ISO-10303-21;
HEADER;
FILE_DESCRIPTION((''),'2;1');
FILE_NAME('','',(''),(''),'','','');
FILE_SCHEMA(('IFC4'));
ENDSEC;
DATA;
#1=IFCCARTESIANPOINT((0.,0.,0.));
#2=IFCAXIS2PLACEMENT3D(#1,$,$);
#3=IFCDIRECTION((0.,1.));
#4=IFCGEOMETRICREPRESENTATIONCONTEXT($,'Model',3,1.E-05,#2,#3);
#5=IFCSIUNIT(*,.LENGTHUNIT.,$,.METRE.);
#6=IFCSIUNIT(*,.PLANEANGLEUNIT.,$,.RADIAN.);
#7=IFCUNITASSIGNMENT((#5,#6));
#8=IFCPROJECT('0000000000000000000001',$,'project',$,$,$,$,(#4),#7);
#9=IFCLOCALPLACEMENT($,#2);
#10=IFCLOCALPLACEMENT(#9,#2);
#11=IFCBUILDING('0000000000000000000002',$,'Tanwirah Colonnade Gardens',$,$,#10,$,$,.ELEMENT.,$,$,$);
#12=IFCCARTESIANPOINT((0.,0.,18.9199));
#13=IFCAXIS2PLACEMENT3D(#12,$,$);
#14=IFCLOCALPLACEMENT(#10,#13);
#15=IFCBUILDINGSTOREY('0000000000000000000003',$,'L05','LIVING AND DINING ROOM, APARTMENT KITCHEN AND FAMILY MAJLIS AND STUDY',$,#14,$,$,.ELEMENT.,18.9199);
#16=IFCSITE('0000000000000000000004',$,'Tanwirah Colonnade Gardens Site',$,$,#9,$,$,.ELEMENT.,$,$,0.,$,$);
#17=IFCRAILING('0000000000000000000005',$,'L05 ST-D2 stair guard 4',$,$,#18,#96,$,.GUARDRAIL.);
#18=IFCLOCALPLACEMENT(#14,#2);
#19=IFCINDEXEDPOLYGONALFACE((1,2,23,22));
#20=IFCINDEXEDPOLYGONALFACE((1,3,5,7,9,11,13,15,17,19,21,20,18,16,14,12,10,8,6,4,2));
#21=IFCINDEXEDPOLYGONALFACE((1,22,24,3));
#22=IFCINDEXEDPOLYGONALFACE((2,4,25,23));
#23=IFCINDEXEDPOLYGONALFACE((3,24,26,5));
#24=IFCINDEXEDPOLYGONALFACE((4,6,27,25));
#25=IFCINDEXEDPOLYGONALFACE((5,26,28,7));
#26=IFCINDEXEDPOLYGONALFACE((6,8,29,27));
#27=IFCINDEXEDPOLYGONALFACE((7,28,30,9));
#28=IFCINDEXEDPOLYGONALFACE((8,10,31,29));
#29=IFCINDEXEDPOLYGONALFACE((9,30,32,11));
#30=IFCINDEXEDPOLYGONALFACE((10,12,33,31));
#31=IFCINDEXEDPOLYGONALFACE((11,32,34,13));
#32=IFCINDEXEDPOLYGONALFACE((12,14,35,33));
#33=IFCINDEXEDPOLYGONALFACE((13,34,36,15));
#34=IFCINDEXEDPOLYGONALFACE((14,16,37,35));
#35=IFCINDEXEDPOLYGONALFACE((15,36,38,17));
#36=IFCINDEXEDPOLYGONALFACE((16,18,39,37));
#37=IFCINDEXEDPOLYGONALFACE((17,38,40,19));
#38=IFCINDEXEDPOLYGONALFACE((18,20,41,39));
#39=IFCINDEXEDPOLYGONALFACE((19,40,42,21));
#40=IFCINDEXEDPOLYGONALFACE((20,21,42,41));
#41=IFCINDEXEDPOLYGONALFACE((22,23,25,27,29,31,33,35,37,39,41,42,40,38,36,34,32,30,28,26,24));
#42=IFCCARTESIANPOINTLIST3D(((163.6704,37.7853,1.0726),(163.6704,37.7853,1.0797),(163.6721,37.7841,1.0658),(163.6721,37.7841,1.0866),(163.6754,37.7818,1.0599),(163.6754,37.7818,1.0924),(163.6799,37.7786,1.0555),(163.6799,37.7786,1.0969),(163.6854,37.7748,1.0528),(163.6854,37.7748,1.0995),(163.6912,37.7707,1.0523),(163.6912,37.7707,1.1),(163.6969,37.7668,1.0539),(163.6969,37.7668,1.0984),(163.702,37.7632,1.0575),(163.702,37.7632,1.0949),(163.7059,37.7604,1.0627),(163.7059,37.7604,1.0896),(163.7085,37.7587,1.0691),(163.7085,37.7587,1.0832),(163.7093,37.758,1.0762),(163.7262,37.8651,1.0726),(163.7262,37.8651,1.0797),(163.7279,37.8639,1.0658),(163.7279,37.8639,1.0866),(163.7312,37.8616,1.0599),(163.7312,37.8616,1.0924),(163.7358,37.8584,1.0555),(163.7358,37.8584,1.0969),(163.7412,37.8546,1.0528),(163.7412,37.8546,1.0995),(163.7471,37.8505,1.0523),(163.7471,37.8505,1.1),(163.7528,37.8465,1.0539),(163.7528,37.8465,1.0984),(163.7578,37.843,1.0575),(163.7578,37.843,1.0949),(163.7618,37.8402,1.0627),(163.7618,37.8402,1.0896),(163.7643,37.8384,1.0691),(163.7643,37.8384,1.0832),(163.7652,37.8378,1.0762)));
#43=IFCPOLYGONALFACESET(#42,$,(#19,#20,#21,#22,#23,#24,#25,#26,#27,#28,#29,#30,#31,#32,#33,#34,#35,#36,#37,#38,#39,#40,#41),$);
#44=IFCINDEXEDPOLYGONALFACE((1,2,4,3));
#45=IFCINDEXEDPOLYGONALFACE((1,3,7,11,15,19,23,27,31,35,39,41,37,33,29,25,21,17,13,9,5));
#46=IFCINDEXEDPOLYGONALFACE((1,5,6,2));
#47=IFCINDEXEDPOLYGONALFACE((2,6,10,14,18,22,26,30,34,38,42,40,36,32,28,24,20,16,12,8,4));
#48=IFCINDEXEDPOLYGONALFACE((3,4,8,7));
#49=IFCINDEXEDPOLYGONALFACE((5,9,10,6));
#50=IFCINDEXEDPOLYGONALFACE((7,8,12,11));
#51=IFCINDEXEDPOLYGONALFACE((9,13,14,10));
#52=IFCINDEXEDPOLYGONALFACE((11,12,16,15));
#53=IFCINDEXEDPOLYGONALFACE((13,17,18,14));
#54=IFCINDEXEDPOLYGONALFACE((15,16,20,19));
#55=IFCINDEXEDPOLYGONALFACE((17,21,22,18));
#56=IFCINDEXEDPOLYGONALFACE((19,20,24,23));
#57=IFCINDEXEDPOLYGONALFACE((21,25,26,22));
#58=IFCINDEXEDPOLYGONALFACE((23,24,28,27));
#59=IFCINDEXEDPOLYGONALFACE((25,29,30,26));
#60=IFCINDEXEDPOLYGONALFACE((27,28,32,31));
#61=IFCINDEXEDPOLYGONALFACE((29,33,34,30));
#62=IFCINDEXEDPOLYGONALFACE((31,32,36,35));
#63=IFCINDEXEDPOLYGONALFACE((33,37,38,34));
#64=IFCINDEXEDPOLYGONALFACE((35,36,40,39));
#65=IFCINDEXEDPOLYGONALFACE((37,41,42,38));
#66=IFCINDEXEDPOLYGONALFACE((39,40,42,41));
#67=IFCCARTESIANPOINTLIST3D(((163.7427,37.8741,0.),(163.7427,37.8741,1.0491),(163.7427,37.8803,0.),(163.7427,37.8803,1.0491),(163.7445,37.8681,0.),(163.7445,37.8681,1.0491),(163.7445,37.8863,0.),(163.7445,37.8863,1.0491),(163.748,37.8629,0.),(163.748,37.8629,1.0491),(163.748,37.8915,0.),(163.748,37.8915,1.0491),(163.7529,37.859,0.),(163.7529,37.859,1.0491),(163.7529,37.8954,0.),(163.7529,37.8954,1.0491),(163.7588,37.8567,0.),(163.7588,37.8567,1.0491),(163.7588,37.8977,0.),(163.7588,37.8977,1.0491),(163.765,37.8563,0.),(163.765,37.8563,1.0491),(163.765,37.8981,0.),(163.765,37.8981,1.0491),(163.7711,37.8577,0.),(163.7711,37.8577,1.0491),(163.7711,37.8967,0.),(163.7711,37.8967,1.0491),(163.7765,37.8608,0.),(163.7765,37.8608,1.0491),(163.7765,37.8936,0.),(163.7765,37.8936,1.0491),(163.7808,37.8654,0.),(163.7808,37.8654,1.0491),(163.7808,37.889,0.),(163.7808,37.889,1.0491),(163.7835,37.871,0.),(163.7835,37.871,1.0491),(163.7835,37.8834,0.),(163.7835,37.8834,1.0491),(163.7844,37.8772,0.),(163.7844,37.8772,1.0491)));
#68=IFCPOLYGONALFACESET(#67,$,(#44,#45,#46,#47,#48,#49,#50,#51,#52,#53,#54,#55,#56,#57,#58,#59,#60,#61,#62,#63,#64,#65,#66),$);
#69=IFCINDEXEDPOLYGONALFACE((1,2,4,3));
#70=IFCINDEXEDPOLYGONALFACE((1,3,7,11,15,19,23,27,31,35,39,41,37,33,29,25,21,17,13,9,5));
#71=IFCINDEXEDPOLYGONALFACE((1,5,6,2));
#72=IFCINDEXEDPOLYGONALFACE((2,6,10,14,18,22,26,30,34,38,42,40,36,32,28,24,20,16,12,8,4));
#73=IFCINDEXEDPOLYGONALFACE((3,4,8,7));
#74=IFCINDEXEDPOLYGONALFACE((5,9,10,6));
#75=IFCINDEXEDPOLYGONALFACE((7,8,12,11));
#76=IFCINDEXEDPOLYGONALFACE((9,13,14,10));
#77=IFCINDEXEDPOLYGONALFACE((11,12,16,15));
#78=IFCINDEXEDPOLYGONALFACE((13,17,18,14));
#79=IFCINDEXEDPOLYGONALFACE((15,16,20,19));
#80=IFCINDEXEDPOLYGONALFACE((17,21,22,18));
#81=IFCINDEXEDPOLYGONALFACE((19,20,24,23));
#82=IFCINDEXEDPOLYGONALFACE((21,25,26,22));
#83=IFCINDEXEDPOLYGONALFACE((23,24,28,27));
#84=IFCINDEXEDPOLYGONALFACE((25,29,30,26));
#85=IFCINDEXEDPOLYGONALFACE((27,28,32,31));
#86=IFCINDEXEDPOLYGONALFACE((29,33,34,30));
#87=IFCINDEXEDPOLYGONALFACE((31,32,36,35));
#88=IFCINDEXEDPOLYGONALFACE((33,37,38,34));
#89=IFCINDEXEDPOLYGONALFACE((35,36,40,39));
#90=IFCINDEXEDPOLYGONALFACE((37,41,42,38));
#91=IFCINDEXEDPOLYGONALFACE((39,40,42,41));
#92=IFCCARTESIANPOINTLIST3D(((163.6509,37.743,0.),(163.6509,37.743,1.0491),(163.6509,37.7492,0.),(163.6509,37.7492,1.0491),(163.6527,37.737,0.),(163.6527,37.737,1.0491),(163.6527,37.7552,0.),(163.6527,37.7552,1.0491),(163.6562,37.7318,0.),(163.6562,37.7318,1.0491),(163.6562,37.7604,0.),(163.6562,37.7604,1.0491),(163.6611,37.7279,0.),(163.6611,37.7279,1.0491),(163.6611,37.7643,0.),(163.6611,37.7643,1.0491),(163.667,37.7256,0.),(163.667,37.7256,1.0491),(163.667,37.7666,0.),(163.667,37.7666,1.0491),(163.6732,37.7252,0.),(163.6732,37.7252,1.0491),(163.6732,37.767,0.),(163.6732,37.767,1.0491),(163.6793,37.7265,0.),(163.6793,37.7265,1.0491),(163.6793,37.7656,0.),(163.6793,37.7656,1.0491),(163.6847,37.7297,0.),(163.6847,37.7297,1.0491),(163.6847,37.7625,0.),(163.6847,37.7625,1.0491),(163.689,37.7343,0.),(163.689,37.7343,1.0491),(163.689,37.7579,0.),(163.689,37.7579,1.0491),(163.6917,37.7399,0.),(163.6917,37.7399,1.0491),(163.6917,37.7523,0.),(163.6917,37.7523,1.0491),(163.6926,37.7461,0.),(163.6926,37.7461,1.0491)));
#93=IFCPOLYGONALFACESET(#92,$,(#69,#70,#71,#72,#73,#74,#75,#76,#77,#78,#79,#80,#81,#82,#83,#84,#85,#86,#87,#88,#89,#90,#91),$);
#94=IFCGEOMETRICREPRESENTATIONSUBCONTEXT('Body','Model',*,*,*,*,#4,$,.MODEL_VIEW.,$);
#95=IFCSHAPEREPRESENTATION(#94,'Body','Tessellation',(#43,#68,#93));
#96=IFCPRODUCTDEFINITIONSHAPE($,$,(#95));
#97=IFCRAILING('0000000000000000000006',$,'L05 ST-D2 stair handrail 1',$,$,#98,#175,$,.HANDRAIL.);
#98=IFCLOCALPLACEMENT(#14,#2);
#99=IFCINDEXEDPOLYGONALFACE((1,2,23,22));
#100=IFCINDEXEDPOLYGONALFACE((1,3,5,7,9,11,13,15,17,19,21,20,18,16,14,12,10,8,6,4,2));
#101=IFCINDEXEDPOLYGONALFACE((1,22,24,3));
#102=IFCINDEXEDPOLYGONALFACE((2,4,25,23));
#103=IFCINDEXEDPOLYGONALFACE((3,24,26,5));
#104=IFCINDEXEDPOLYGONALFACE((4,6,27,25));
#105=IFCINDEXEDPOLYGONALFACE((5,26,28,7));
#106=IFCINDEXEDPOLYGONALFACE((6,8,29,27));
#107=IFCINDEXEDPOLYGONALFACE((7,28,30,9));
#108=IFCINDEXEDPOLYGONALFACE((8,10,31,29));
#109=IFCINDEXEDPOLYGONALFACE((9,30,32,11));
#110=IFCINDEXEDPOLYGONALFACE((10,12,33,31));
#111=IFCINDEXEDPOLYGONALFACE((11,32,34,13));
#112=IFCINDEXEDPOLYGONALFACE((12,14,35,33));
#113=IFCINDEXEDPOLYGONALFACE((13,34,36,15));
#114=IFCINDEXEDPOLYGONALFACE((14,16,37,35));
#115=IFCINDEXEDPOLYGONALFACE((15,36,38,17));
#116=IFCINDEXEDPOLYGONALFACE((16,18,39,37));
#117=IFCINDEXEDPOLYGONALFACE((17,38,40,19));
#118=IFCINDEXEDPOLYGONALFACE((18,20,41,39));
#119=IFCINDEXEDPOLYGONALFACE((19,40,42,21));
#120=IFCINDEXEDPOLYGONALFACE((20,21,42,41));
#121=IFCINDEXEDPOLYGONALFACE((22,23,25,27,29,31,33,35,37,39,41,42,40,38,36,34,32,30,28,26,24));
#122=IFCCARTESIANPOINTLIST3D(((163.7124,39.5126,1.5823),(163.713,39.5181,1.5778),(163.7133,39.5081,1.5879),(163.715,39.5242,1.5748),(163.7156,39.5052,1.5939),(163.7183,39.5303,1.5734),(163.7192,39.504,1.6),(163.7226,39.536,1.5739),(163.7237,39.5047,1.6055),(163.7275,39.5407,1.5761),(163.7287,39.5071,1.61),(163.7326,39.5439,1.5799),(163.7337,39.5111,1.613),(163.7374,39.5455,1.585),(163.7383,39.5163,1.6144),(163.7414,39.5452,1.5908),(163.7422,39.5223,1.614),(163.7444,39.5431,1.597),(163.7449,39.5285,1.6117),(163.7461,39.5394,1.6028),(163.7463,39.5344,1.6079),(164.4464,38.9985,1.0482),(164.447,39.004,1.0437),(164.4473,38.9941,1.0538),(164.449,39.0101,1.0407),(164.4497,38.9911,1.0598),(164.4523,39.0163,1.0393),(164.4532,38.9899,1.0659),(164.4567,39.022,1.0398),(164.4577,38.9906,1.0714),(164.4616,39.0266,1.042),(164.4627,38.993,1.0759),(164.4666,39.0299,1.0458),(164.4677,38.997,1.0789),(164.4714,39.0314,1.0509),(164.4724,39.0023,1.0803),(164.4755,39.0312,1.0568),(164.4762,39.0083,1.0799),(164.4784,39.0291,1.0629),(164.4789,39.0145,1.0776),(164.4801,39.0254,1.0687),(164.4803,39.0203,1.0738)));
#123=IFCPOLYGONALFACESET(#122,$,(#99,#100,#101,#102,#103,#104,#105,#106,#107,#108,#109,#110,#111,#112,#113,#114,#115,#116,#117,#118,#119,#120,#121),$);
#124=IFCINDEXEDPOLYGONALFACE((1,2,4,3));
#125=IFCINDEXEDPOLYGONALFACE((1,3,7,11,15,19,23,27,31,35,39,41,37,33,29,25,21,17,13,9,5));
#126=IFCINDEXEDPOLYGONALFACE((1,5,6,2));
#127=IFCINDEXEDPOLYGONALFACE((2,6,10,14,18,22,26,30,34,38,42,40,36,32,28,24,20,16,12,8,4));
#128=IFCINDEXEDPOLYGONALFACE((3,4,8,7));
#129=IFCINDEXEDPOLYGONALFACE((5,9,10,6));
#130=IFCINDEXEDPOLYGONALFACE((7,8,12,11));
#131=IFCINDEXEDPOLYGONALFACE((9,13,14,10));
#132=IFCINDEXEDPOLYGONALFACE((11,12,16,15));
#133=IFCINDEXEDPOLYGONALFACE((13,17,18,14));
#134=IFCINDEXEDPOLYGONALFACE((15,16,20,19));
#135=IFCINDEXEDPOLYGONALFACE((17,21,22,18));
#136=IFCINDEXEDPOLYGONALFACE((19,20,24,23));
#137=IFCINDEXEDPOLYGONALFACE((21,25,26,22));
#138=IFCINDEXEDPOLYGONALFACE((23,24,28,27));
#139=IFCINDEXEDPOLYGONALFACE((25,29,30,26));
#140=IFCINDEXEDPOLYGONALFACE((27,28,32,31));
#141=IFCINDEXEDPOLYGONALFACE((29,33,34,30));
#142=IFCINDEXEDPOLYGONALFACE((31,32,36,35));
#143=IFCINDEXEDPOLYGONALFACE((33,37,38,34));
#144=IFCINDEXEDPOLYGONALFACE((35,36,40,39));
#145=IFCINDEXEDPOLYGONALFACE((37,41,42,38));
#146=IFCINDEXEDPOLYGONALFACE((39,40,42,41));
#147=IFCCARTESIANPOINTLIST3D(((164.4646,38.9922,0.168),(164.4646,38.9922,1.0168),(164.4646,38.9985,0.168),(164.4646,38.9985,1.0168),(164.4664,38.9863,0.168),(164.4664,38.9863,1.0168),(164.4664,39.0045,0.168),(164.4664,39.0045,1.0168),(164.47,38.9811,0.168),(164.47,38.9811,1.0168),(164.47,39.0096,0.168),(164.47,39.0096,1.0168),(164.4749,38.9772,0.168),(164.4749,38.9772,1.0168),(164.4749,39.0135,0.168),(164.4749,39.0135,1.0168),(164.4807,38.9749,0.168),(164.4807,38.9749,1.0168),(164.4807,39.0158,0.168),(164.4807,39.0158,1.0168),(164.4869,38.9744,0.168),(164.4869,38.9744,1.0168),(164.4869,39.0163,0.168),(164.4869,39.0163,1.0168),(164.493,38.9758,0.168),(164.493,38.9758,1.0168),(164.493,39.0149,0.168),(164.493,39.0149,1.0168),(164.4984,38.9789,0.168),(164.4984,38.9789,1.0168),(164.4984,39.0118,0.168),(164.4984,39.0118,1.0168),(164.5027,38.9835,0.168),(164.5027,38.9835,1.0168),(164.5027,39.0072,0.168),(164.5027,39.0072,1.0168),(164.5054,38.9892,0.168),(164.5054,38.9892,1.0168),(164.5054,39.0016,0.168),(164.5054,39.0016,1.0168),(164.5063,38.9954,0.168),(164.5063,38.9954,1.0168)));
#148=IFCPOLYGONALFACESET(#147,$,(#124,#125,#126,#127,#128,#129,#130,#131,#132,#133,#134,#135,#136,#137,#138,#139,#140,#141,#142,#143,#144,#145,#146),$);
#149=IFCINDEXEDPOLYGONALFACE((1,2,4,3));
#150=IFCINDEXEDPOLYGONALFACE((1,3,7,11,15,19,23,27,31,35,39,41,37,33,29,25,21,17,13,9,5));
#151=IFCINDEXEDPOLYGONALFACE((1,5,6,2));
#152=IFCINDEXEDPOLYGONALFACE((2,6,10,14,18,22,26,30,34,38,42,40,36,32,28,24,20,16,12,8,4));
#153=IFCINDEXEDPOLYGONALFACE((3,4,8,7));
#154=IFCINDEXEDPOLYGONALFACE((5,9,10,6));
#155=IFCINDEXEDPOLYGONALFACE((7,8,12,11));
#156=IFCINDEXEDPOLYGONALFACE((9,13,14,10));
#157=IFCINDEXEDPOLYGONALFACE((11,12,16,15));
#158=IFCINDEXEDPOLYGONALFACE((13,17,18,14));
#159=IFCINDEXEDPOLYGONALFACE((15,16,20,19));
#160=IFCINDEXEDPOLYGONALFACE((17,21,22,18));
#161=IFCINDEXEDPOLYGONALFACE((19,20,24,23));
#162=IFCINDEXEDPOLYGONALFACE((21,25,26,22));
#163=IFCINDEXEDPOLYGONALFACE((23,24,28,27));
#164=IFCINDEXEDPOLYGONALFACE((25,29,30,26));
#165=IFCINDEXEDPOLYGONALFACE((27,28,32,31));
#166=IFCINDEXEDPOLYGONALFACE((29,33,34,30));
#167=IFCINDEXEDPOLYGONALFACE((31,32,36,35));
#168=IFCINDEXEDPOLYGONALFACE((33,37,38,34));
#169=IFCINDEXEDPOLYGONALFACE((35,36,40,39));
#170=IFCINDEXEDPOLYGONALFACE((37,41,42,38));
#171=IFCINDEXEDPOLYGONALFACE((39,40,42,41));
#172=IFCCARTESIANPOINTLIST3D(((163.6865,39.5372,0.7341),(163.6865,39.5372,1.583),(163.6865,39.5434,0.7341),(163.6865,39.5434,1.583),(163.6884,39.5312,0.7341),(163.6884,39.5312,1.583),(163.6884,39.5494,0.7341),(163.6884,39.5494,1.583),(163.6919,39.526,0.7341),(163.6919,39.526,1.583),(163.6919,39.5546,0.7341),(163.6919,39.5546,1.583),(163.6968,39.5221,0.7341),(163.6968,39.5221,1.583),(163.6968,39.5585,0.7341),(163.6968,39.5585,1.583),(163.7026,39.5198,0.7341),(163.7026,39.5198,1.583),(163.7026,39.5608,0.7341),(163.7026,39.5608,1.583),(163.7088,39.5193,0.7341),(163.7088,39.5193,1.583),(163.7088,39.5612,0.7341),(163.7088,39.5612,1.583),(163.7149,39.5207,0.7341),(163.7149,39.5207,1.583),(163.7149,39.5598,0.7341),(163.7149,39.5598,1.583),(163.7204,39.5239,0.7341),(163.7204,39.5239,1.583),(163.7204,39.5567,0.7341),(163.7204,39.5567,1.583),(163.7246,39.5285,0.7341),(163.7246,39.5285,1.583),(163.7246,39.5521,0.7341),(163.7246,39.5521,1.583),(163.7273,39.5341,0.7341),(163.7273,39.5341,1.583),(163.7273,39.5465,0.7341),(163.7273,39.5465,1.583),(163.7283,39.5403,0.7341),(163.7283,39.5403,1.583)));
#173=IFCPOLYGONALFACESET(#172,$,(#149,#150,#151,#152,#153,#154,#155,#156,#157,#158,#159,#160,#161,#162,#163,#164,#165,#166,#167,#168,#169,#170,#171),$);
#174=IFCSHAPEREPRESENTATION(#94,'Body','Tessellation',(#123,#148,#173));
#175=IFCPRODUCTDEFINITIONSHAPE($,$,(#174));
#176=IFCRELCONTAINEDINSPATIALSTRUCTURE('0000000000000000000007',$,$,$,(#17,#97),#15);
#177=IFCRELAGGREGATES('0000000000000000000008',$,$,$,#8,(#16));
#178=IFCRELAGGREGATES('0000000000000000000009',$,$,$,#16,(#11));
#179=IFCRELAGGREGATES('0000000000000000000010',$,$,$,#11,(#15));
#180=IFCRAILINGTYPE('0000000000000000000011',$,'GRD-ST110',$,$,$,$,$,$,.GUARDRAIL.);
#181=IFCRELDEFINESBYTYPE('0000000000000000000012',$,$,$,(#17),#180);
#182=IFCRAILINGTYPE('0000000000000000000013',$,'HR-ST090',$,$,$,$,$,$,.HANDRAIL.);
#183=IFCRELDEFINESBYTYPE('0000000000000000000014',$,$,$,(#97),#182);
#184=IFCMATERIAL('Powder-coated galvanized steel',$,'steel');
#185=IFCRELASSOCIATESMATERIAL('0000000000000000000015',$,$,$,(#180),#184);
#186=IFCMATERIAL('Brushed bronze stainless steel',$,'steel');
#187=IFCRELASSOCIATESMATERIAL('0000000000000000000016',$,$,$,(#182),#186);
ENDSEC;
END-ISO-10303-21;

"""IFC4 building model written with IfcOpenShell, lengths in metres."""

from ifc_helpers import new_model, si_unit, direction, frame, origin, origin_2d, place, context, subcontext, project, spatial, circle, extrude, material, type_object, element, save


model = new_model("IFC4")

# Units and contexts
model_context = context("Model", 3, precision=1e-05, world=origin(), true_north=direction((0.0, 1.0)))
body_context = subcontext(model_context, "Body", "Model", "MODEL_VIEW")
ifc_project = project(units=[si_unit("LENGTHUNIT", "METRE"), si_unit("PLANEANGLEUNIT", "RADIAN")], contexts=[model_context])

# Site, building, storey
site_placement = place(None, origin())
site = spatial("IfcSite", under=ifc_project, at=site_placement, Name="Tanwirah Colonnade Gardens Site", CompositionType="ELEMENT", RefElevation=0.0)
building_placement = place(site_placement, origin())
building = spatial("IfcBuilding", under=site, at=building_placement, Name="Tanwirah Colonnade Gardens", CompositionType="ELEMENT")
storey_placement = place(building_placement, frame((0.0, 0.0, 18.9199)))
storey = spatial("IfcBuildingStorey", under=building, at=storey_placement, Name="L05", Description="LIVING AND DINING ROOM, APARTMENT KITCHEN AND FAMILY MAJLIS AND STUDY", CompositionType="ELEMENT", Elevation=18.9199)

# Railings
ifc_material_1 = material(Name="Powder-coated galvanized steel", Category="steel")
railing_type_1 = type_object("IfcRailingType", Name="GRD-ST110", PredefinedType="GUARDRAIL", material=ifc_material_1)
railing_1_placement = place(storey_placement, frame((163.7634, 37.8772, 0.0)))
element("IfcRailing", 1, at=railing_1_placement, inside=storey, type_object=railing_type_1, Name="L05 ST-D2 stair guard 4", PredefinedType="GUARDRAIL", context=body_context, shape_type="SweptSolid", body=[
    extrude(circle(Radius=0.0239, at=origin_2d()), frame((-0.0178, -0.0256, 1.0762), z_axis=(-0.573565, -0.81916, 0.0), x_axis=(0.81916, -0.573565, 0.0)), (0.0, 0.0, 1.0), 0.0974),
    extrude(circle(Radius=0.021, at=origin_2d()), origin(), (0.0, 0.0, 1.0), 1.0491),
    extrude(circle(Radius=0.021, at=origin_2d()), frame((-0.0918, -0.1311, 0.0)), (0.0, 0.0, 1.0), 1.0491),
])
ifc_material_2 = material(Name="Brushed bronze stainless steel", Category="steel")
railing_type_2 = type_object("IfcRailingType", Name="HR-ST090", PredefinedType="HANDRAIL", material=ifc_material_2)
railing_2_placement = place(storey_placement, frame((164.4854, 38.9954, 0.168)))
element("IfcRailing", 2, at=railing_2_placement, inside=storey, type_object=railing_type_2, Name="L05 ST-D2 stair handrail 1", PredefinedType="HANDRAIL", context=body_context, shape_type="SweptSolid", body=[
    extrude(circle(Radius=0.0239, at=origin_2d()), frame((-0.022, 0.0154, 0.8918), z_axis=(-0.703607, 0.492767, 0.511975), x_axis=(-0.573652, -0.819099, 0.0)), (0.0, 0.0, 1.0), 1.0432),
    extrude(circle(Radius=0.021, at=origin_2d()), origin(), (0.0, 0.0, 1.0), 0.8489),
    extrude(circle(Radius=0.021, at=origin_2d()), frame((-0.7781, 0.5449, 0.5662)), (0.0, 0.0, 1.0), 0.8489),
])

save(model, "model.ifc")
